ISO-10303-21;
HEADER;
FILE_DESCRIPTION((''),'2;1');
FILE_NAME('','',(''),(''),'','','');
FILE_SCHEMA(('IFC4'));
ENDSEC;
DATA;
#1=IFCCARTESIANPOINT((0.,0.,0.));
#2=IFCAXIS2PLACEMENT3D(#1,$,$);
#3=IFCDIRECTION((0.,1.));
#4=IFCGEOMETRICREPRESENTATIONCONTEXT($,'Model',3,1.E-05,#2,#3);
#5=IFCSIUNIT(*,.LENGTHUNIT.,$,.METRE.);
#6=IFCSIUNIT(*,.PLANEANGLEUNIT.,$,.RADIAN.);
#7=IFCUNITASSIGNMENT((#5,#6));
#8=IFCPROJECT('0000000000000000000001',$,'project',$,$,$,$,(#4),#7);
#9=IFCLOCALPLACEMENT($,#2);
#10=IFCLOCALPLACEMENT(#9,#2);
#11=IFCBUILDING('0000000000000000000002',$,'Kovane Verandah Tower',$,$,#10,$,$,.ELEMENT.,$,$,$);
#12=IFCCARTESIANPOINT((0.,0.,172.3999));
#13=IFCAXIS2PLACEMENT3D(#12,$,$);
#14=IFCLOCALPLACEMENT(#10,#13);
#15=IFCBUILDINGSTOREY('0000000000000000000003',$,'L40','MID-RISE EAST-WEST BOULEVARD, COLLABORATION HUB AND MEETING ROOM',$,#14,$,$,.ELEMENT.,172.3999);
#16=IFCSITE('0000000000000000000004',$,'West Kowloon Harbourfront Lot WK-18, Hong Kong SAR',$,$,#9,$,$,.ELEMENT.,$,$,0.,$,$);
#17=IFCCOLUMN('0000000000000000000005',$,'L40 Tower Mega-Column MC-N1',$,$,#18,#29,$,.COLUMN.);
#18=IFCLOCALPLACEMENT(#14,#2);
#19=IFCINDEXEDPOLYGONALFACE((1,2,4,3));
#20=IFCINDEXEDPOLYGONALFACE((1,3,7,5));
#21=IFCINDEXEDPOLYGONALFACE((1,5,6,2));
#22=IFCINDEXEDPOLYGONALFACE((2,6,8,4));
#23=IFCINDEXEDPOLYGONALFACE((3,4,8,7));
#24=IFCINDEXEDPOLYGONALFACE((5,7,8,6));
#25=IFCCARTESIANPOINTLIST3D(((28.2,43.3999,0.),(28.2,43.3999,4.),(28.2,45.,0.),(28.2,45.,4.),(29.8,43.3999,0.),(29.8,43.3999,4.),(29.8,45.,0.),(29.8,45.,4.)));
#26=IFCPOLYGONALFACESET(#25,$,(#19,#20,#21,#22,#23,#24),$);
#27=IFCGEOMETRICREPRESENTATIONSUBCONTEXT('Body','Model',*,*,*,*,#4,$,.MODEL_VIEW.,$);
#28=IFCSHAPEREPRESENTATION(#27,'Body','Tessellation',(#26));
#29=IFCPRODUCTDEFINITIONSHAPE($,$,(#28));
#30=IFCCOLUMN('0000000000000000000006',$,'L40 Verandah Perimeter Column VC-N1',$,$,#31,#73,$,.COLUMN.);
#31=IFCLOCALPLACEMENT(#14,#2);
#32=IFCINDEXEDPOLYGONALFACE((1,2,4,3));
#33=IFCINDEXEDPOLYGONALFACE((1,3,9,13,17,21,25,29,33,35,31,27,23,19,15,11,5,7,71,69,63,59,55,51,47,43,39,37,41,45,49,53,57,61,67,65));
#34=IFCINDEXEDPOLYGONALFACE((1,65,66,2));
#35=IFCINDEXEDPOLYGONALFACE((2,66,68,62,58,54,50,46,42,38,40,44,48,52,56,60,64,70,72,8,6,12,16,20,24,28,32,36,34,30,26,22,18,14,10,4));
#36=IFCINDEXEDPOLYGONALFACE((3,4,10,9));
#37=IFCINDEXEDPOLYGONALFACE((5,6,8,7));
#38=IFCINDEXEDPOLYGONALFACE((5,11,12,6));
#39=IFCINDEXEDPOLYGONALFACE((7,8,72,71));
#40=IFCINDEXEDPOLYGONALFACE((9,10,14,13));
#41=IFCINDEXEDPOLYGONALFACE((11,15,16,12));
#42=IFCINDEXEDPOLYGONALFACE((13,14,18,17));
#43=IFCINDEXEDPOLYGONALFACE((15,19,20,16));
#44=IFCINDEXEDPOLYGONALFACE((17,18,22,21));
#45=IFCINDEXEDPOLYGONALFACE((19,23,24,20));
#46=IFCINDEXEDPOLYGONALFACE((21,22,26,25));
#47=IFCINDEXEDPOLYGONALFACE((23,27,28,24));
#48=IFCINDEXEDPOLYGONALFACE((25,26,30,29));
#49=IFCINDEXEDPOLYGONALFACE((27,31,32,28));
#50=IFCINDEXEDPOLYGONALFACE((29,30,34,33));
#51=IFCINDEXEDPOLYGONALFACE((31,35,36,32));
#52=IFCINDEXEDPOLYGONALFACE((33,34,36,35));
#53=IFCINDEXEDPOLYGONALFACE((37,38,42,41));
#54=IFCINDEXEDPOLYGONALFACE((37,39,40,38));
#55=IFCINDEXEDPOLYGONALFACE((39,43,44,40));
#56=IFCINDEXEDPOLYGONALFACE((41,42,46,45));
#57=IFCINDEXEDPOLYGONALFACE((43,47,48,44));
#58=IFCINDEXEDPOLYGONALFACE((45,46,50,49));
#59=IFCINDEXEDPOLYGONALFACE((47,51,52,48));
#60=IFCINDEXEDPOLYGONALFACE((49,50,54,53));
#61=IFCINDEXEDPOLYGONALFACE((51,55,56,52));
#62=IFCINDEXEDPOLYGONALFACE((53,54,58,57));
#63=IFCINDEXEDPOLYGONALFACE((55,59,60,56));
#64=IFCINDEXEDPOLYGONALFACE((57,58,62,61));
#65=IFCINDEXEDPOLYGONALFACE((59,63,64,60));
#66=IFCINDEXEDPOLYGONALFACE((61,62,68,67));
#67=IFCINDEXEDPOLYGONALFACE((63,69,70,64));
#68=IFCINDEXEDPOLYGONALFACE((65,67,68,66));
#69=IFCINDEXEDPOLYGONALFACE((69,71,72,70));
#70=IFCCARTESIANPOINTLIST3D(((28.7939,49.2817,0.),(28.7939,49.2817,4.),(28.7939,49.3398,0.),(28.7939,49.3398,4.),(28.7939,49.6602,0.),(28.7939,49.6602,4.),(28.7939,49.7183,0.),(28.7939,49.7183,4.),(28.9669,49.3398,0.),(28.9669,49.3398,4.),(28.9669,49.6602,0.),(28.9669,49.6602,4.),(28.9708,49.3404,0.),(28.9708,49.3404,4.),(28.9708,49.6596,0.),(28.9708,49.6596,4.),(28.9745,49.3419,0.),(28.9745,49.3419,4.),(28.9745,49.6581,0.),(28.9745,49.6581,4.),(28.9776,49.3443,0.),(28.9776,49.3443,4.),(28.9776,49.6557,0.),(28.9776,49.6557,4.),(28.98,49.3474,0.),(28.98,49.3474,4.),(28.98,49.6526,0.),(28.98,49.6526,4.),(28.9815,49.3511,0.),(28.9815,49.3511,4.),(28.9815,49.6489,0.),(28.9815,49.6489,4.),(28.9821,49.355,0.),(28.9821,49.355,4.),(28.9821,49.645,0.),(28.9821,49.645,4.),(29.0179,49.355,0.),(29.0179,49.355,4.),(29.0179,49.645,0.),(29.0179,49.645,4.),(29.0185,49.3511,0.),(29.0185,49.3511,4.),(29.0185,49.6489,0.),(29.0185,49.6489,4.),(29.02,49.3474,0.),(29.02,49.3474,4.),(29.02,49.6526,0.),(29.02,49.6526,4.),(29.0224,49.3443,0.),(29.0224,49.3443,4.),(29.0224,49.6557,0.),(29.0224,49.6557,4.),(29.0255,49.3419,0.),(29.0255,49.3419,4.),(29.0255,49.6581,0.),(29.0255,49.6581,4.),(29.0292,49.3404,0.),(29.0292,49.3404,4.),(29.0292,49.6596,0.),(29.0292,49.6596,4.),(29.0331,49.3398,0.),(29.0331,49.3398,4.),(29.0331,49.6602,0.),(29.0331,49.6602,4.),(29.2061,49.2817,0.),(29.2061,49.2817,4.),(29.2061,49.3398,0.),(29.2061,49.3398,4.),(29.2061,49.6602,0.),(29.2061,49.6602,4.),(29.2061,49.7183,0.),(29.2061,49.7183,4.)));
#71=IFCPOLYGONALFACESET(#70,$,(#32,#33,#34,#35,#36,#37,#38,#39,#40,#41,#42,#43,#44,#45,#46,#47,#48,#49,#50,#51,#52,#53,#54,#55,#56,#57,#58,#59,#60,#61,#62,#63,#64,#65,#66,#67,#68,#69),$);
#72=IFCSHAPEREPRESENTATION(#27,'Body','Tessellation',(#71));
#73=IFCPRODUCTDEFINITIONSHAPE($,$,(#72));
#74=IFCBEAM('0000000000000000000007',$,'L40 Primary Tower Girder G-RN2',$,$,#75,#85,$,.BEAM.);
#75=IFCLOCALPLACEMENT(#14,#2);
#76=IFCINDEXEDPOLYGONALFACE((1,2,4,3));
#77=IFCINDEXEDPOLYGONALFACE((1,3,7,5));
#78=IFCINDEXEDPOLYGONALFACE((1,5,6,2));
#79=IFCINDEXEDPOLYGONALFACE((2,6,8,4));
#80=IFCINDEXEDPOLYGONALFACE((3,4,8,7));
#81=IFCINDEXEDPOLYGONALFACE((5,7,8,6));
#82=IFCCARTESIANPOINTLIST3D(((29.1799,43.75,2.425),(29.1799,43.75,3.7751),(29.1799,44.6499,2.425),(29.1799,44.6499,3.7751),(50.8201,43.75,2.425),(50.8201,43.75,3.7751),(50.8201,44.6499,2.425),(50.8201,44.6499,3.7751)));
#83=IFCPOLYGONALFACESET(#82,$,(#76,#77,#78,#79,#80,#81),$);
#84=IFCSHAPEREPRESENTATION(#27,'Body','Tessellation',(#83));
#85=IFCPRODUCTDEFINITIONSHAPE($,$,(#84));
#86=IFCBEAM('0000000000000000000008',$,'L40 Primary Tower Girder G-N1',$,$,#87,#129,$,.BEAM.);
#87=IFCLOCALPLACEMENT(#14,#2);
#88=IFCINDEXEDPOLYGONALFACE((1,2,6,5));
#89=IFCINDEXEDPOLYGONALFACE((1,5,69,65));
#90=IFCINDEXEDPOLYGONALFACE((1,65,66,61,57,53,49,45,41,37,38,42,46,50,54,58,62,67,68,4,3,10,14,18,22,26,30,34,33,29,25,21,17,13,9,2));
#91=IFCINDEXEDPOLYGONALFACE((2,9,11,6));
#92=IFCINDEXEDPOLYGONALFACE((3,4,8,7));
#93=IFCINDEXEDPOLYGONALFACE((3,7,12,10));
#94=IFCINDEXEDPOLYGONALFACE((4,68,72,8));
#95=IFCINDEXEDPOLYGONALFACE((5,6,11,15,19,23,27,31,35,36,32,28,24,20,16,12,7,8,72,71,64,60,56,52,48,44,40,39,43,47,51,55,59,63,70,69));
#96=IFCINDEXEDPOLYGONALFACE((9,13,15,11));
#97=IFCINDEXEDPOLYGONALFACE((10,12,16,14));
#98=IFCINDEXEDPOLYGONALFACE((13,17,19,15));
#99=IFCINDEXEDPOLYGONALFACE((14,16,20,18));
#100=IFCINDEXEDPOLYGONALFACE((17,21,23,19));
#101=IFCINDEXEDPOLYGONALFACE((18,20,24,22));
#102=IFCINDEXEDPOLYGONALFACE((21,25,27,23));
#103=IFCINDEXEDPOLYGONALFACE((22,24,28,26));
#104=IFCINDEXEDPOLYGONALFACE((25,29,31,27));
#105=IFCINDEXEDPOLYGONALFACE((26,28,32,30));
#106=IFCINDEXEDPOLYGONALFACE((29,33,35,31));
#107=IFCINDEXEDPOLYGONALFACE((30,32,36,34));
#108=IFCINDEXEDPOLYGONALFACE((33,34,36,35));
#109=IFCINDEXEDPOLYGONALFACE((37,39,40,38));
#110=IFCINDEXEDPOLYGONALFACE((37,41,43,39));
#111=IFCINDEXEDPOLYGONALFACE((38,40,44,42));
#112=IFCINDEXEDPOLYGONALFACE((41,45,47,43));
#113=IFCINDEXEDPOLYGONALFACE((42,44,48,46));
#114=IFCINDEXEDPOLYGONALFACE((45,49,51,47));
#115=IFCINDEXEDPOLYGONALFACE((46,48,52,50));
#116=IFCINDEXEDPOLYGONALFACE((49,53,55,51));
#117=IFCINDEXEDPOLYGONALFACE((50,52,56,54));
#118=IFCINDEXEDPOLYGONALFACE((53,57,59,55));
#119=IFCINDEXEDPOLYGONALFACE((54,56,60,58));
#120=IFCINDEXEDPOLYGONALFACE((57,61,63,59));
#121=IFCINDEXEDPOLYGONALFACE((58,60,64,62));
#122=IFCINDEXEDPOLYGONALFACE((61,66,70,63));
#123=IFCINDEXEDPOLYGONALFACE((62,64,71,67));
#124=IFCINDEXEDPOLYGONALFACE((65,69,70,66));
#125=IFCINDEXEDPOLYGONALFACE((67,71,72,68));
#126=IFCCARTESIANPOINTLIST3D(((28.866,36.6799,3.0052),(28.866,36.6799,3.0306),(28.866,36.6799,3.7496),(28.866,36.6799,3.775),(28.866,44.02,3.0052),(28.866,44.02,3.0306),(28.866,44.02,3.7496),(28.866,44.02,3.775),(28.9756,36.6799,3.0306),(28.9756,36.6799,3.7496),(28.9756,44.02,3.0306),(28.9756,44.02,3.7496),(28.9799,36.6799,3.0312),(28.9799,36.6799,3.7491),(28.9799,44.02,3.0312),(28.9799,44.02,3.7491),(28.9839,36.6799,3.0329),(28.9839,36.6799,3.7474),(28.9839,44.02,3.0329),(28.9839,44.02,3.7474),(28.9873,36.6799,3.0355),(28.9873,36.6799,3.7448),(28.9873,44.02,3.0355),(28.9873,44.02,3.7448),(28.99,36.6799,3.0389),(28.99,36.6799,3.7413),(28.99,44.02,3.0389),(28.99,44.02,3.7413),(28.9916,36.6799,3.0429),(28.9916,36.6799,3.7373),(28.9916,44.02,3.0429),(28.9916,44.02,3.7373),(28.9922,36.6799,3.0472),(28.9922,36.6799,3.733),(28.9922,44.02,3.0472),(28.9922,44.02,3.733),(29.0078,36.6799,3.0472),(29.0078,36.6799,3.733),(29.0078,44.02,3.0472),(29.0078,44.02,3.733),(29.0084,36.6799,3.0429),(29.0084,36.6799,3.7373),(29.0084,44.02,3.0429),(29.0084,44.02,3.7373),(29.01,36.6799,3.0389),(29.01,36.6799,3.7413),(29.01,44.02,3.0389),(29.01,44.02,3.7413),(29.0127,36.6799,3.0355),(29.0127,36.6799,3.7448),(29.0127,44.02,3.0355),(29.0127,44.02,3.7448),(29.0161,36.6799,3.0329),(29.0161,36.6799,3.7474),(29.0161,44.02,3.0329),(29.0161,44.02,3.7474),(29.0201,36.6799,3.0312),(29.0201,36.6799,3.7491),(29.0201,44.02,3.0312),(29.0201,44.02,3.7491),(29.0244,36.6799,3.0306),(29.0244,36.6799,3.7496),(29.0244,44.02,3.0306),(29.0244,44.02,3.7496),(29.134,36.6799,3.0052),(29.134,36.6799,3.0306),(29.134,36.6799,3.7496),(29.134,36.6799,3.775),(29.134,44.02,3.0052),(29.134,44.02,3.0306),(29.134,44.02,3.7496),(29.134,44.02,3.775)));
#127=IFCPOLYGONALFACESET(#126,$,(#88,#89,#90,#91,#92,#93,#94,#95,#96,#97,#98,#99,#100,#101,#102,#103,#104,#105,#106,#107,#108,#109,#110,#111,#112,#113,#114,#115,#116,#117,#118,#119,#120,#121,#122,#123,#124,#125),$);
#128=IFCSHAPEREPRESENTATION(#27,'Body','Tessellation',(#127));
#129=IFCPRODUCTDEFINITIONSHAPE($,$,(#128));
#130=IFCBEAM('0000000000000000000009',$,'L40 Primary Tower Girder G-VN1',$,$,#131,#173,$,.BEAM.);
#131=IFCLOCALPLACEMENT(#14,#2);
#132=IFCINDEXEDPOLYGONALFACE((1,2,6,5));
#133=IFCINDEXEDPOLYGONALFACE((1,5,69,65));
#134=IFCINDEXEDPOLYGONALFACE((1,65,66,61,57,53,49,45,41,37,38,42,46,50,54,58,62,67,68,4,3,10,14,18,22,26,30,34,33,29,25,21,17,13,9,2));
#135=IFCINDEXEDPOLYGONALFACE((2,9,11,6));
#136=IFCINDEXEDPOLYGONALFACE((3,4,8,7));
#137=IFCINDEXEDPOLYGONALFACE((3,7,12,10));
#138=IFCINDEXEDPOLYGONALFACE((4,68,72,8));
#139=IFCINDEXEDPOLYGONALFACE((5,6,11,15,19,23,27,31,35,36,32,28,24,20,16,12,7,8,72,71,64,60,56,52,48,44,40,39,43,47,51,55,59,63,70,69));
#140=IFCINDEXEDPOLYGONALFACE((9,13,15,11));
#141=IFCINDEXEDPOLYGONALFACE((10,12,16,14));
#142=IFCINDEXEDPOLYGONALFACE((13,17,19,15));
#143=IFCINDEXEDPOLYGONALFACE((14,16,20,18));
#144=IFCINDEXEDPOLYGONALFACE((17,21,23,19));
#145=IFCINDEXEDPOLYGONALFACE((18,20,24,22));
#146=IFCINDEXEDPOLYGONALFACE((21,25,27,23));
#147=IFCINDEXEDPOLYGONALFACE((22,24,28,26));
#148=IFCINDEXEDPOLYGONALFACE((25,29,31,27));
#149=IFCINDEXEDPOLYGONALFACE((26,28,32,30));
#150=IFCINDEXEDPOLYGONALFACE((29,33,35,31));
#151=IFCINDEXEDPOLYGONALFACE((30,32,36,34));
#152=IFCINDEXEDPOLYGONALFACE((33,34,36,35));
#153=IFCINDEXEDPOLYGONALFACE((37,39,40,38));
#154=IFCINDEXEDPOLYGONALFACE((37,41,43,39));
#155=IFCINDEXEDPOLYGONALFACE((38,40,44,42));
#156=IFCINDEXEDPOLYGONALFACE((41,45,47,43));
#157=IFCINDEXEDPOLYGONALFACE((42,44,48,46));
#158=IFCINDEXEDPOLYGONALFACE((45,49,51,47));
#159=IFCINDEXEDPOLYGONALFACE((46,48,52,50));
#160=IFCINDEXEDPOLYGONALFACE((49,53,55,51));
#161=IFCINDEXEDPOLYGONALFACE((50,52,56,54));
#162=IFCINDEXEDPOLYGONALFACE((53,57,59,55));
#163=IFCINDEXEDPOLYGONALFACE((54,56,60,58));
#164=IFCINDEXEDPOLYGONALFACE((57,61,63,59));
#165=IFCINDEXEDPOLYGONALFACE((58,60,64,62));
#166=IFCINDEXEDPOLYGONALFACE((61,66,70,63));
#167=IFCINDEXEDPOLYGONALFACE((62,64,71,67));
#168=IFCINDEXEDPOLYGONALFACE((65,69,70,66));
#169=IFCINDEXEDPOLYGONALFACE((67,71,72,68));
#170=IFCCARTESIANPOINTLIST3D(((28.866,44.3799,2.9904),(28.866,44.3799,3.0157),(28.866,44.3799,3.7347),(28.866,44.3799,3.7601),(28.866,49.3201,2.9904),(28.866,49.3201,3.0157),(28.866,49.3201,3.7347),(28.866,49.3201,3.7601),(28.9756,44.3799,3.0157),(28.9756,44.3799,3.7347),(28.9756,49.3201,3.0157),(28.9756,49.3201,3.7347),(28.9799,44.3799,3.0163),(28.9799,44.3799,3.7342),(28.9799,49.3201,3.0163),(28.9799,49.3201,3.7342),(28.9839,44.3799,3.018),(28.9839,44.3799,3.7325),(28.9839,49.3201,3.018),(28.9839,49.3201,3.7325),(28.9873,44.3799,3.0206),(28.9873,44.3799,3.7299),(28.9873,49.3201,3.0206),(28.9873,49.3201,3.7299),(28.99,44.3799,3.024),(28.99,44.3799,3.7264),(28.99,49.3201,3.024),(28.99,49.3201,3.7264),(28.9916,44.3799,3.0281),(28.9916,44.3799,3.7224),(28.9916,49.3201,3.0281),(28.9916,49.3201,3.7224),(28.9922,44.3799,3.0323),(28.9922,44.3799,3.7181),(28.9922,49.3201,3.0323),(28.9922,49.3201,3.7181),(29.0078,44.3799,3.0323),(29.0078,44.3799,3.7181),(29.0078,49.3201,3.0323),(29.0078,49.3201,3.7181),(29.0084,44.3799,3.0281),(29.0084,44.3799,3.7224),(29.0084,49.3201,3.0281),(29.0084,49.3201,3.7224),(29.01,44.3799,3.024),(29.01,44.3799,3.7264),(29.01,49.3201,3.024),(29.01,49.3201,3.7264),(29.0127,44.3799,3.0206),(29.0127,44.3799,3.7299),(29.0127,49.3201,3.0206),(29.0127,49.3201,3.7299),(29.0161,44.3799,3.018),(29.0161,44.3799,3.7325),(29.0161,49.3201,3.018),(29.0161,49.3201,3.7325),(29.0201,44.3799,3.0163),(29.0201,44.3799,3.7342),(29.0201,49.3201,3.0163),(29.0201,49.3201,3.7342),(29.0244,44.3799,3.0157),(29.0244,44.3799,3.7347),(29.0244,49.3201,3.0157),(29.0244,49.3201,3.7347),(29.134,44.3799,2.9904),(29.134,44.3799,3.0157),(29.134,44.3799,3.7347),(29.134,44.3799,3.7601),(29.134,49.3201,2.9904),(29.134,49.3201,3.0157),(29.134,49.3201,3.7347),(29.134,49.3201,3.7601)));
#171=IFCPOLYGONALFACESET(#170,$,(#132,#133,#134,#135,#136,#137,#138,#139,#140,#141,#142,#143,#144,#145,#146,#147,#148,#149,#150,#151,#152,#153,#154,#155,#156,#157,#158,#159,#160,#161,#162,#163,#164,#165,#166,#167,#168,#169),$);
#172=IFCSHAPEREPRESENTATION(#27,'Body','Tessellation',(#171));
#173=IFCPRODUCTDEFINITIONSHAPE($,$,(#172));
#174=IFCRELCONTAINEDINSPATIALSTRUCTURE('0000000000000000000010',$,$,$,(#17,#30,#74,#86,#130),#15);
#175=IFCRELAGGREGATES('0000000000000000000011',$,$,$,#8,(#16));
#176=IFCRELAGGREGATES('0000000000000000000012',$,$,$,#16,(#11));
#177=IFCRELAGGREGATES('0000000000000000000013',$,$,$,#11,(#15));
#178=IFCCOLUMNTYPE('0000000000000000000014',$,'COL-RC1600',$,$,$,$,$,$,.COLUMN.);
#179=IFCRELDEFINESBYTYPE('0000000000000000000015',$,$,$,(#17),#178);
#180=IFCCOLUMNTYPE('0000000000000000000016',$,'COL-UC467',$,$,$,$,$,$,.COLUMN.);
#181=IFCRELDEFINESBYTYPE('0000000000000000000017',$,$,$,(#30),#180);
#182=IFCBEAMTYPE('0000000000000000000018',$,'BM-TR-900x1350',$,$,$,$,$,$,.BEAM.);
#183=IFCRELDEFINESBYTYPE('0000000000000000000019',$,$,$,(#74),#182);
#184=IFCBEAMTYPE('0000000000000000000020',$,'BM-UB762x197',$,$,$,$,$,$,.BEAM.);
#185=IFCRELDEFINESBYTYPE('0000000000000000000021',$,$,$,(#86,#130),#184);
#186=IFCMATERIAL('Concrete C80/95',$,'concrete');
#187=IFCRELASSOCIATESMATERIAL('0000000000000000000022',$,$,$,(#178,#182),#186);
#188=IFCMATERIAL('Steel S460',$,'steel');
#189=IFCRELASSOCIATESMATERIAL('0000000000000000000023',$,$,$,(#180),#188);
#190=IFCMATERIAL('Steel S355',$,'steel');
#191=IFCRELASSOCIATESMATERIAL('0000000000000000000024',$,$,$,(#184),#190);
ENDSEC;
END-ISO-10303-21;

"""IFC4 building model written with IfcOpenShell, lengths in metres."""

from ifc_helpers import new_model, si_unit, direction, frame, origin, origin_2d, place, context, subcontext, project, spatial, rectangle, i_section, extrude, material, material_profile, profile_set, type_object, element, save


model = new_model("IFC4")

# Units and contexts
model_context = context("Model", 3, precision=1e-05, world=origin(), true_north=direction((0.0, 1.0)))
body_context = subcontext(model_context, "Body", "Model", "MODEL_VIEW")
ifc_project = project(units=[si_unit("LENGTHUNIT", "METRE"), si_unit("PLANEANGLEUNIT", "RADIAN")], contexts=[model_context])

# Site, building, storey
site_placement = place(None, origin())
site = spatial("IfcSite", under=ifc_project, at=site_placement, Name="West Kowloon Harbourfront Lot WK-18, Hong Kong SAR", CompositionType="ELEMENT", RefElevation=0.0)
building_placement = place(site_placement, origin())
building = spatial("IfcBuilding", under=site, at=building_placement, Name="Kovane Verandah Tower", CompositionType="ELEMENT")
storey_placement = place(building_placement, frame((0.0, 0.0, 172.3999)))
storey = spatial("IfcBuildingStorey", under=building, at=storey_placement, Name="L40", Description="MID-RISE EAST-WEST BOULEVARD, COLLABORATION HUB AND MEETING ROOM", CompositionType="ELEMENT", Elevation=172.3999)

# Columns
ifc_material_1 = material(Name="Concrete C80/95", Category="concrete")
ifc_material_profile_1 = material_profile(ifc_material_1, rectangle(XDim=1.6001, YDim=1.6001, at=origin_2d()), Name="RC1600x1600")
ifc_profile_set_1 = profile_set([ifc_material_profile_1], Name="Concrete C80/95")
column_type_1 = type_object("IfcColumnType", Name="COL-RC1600", PredefinedType="COLUMN", material=ifc_profile_set_1)
column_1_placement = place(storey_placement, frame((29.0, 44.2, 0.0), z_axis=(0.0, 0.0, 1.0), x_axis=(1.0, 0.0, 0.0)))
element("IfcColumn", 1, at=column_1_placement, inside=storey, type_object=column_type_1, Name="L40 Tower Mega-Column MC-N1", PredefinedType="COLUMN", context=body_context, shape_type="SweptSolid", body=[
    extrude(rectangle(XDim=1.6001, YDim=1.6001, at=origin_2d()), origin(), (0.0, 0.0, 1.0), 4.0),
])
ifc_material_2 = material(Name="Steel S460", Category="steel")
ifc_material_profile_2 = material_profile(ifc_material_2, i_section(OverallWidth=0.4121, OverallDepth=0.4365, WebThickness=0.0359, FlangeThickness=0.0581, FilletRadius=0.0151, at=origin_2d()), Name="UC356x406x467")
ifc_profile_set_2 = profile_set([ifc_material_profile_2], Name="Steel S460")
column_type_2 = type_object("IfcColumnType", Name="COL-UC467", PredefinedType="COLUMN", material=ifc_profile_set_2)
column_2_placement = place(storey_placement, frame((29.0, 49.5, 0.0), z_axis=(0.0, 0.0, 1.0), x_axis=(1.0, 0.0, 0.0)))
element("IfcColumn", 2, at=column_2_placement, inside=storey, type_object=column_type_2, Name="L40 Verandah Perimeter Column VC-N1", PredefinedType="COLUMN", context=body_context, shape_type="SweptSolid", body=[
    extrude(i_section(OverallWidth=0.4121, OverallDepth=0.4365, WebThickness=0.0359, FlangeThickness=0.0581, FilletRadius=0.0151, at=origin_2d()), origin(), (0.0, 0.0, 1.0), 4.0),
])

# Beams
ifc_material_profile_3 = material_profile(ifc_material_1, rectangle(XDim=0.8999, YDim=1.3501, at=origin_2d()), Name="RCB900x1350")
ifc_profile_set_3 = profile_set([ifc_material_profile_3], Name="Concrete C80/95")
beam_type_1 = type_object("IfcBeamType", Name="BM-TR-900x1350", PredefinedType="BEAM", material=ifc_profile_set_3)
beam_1_placement = place(storey_placement, frame((29.1799, 44.2, 3.1001), z_axis=(1.0, 0.0, 0.0), x_axis=(0.0, 1.0, 0.0)))
element("IfcBeam", 3, at=beam_1_placement, inside=storey, type_object=beam_type_1, Name="L40 Primary Tower Girder G-RN2", PredefinedType="BEAM", context=body_context, shape_type="SweptSolid", body=[
    extrude(rectangle(XDim=0.8999, YDim=1.3501, at=origin_2d()), origin(), (0.0, 0.0, 1.0), 21.6401),
])
ifc_material_3 = material(Name="Steel S355", Category="steel")
ifc_material_profile_4 = material_profile(ifc_material_3, i_section(OverallWidth=0.2681, OverallDepth=0.7698, WebThickness=0.0156, FlangeThickness=0.0254, FilletRadius=0.0166, at=origin_2d()), Name="UB762x267x197")
ifc_profile_set_4 = profile_set([ifc_material_profile_4], Name="Steel S355")
beam_type_2 = type_object("IfcBeamType", Name="BM-UB762x197", PredefinedType="BEAM", material=ifc_profile_set_4)
beam_2_placement = place(storey_placement, frame((29.0, 36.6799, 3.3901), z_axis=(0.0, 1.0, 0.0), x_axis=(-1.0, 0.0, 0.0)))
element("IfcBeam", 4, at=beam_2_placement, inside=storey, type_object=beam_type_2, Name="L40 Primary Tower Girder G-N1", PredefinedType="BEAM", context=body_context, shape_type="SweptSolid", body=[
    extrude(i_section(OverallWidth=0.2681, OverallDepth=0.7698, WebThickness=0.0156, FlangeThickness=0.0254, FilletRadius=0.0166, at=origin_2d()), origin(), (0.0, 0.0, 1.0), 7.3401),
])
beam_3_placement = place(storey_placement, frame((29.0, 44.3799, 3.3752), z_axis=(0.0, 1.0, 0.0), x_axis=(-1.0, 0.0, 0.0)))
element("IfcBeam", 5, at=beam_3_placement, inside=storey, type_object=beam_type_2, Name="L40 Primary Tower Girder G-VN1", PredefinedType="BEAM", context=body_context, shape_type="SweptSolid", body=[
    extrude(i_section(OverallWidth=0.2681, OverallDepth=0.7698, WebThickness=0.0156, FlangeThickness=0.0254, FilletRadius=0.0166, at=origin_2d()), origin(), (0.0, 0.0, 1.0), 4.9402),
])

save(model, "model.ifc")
